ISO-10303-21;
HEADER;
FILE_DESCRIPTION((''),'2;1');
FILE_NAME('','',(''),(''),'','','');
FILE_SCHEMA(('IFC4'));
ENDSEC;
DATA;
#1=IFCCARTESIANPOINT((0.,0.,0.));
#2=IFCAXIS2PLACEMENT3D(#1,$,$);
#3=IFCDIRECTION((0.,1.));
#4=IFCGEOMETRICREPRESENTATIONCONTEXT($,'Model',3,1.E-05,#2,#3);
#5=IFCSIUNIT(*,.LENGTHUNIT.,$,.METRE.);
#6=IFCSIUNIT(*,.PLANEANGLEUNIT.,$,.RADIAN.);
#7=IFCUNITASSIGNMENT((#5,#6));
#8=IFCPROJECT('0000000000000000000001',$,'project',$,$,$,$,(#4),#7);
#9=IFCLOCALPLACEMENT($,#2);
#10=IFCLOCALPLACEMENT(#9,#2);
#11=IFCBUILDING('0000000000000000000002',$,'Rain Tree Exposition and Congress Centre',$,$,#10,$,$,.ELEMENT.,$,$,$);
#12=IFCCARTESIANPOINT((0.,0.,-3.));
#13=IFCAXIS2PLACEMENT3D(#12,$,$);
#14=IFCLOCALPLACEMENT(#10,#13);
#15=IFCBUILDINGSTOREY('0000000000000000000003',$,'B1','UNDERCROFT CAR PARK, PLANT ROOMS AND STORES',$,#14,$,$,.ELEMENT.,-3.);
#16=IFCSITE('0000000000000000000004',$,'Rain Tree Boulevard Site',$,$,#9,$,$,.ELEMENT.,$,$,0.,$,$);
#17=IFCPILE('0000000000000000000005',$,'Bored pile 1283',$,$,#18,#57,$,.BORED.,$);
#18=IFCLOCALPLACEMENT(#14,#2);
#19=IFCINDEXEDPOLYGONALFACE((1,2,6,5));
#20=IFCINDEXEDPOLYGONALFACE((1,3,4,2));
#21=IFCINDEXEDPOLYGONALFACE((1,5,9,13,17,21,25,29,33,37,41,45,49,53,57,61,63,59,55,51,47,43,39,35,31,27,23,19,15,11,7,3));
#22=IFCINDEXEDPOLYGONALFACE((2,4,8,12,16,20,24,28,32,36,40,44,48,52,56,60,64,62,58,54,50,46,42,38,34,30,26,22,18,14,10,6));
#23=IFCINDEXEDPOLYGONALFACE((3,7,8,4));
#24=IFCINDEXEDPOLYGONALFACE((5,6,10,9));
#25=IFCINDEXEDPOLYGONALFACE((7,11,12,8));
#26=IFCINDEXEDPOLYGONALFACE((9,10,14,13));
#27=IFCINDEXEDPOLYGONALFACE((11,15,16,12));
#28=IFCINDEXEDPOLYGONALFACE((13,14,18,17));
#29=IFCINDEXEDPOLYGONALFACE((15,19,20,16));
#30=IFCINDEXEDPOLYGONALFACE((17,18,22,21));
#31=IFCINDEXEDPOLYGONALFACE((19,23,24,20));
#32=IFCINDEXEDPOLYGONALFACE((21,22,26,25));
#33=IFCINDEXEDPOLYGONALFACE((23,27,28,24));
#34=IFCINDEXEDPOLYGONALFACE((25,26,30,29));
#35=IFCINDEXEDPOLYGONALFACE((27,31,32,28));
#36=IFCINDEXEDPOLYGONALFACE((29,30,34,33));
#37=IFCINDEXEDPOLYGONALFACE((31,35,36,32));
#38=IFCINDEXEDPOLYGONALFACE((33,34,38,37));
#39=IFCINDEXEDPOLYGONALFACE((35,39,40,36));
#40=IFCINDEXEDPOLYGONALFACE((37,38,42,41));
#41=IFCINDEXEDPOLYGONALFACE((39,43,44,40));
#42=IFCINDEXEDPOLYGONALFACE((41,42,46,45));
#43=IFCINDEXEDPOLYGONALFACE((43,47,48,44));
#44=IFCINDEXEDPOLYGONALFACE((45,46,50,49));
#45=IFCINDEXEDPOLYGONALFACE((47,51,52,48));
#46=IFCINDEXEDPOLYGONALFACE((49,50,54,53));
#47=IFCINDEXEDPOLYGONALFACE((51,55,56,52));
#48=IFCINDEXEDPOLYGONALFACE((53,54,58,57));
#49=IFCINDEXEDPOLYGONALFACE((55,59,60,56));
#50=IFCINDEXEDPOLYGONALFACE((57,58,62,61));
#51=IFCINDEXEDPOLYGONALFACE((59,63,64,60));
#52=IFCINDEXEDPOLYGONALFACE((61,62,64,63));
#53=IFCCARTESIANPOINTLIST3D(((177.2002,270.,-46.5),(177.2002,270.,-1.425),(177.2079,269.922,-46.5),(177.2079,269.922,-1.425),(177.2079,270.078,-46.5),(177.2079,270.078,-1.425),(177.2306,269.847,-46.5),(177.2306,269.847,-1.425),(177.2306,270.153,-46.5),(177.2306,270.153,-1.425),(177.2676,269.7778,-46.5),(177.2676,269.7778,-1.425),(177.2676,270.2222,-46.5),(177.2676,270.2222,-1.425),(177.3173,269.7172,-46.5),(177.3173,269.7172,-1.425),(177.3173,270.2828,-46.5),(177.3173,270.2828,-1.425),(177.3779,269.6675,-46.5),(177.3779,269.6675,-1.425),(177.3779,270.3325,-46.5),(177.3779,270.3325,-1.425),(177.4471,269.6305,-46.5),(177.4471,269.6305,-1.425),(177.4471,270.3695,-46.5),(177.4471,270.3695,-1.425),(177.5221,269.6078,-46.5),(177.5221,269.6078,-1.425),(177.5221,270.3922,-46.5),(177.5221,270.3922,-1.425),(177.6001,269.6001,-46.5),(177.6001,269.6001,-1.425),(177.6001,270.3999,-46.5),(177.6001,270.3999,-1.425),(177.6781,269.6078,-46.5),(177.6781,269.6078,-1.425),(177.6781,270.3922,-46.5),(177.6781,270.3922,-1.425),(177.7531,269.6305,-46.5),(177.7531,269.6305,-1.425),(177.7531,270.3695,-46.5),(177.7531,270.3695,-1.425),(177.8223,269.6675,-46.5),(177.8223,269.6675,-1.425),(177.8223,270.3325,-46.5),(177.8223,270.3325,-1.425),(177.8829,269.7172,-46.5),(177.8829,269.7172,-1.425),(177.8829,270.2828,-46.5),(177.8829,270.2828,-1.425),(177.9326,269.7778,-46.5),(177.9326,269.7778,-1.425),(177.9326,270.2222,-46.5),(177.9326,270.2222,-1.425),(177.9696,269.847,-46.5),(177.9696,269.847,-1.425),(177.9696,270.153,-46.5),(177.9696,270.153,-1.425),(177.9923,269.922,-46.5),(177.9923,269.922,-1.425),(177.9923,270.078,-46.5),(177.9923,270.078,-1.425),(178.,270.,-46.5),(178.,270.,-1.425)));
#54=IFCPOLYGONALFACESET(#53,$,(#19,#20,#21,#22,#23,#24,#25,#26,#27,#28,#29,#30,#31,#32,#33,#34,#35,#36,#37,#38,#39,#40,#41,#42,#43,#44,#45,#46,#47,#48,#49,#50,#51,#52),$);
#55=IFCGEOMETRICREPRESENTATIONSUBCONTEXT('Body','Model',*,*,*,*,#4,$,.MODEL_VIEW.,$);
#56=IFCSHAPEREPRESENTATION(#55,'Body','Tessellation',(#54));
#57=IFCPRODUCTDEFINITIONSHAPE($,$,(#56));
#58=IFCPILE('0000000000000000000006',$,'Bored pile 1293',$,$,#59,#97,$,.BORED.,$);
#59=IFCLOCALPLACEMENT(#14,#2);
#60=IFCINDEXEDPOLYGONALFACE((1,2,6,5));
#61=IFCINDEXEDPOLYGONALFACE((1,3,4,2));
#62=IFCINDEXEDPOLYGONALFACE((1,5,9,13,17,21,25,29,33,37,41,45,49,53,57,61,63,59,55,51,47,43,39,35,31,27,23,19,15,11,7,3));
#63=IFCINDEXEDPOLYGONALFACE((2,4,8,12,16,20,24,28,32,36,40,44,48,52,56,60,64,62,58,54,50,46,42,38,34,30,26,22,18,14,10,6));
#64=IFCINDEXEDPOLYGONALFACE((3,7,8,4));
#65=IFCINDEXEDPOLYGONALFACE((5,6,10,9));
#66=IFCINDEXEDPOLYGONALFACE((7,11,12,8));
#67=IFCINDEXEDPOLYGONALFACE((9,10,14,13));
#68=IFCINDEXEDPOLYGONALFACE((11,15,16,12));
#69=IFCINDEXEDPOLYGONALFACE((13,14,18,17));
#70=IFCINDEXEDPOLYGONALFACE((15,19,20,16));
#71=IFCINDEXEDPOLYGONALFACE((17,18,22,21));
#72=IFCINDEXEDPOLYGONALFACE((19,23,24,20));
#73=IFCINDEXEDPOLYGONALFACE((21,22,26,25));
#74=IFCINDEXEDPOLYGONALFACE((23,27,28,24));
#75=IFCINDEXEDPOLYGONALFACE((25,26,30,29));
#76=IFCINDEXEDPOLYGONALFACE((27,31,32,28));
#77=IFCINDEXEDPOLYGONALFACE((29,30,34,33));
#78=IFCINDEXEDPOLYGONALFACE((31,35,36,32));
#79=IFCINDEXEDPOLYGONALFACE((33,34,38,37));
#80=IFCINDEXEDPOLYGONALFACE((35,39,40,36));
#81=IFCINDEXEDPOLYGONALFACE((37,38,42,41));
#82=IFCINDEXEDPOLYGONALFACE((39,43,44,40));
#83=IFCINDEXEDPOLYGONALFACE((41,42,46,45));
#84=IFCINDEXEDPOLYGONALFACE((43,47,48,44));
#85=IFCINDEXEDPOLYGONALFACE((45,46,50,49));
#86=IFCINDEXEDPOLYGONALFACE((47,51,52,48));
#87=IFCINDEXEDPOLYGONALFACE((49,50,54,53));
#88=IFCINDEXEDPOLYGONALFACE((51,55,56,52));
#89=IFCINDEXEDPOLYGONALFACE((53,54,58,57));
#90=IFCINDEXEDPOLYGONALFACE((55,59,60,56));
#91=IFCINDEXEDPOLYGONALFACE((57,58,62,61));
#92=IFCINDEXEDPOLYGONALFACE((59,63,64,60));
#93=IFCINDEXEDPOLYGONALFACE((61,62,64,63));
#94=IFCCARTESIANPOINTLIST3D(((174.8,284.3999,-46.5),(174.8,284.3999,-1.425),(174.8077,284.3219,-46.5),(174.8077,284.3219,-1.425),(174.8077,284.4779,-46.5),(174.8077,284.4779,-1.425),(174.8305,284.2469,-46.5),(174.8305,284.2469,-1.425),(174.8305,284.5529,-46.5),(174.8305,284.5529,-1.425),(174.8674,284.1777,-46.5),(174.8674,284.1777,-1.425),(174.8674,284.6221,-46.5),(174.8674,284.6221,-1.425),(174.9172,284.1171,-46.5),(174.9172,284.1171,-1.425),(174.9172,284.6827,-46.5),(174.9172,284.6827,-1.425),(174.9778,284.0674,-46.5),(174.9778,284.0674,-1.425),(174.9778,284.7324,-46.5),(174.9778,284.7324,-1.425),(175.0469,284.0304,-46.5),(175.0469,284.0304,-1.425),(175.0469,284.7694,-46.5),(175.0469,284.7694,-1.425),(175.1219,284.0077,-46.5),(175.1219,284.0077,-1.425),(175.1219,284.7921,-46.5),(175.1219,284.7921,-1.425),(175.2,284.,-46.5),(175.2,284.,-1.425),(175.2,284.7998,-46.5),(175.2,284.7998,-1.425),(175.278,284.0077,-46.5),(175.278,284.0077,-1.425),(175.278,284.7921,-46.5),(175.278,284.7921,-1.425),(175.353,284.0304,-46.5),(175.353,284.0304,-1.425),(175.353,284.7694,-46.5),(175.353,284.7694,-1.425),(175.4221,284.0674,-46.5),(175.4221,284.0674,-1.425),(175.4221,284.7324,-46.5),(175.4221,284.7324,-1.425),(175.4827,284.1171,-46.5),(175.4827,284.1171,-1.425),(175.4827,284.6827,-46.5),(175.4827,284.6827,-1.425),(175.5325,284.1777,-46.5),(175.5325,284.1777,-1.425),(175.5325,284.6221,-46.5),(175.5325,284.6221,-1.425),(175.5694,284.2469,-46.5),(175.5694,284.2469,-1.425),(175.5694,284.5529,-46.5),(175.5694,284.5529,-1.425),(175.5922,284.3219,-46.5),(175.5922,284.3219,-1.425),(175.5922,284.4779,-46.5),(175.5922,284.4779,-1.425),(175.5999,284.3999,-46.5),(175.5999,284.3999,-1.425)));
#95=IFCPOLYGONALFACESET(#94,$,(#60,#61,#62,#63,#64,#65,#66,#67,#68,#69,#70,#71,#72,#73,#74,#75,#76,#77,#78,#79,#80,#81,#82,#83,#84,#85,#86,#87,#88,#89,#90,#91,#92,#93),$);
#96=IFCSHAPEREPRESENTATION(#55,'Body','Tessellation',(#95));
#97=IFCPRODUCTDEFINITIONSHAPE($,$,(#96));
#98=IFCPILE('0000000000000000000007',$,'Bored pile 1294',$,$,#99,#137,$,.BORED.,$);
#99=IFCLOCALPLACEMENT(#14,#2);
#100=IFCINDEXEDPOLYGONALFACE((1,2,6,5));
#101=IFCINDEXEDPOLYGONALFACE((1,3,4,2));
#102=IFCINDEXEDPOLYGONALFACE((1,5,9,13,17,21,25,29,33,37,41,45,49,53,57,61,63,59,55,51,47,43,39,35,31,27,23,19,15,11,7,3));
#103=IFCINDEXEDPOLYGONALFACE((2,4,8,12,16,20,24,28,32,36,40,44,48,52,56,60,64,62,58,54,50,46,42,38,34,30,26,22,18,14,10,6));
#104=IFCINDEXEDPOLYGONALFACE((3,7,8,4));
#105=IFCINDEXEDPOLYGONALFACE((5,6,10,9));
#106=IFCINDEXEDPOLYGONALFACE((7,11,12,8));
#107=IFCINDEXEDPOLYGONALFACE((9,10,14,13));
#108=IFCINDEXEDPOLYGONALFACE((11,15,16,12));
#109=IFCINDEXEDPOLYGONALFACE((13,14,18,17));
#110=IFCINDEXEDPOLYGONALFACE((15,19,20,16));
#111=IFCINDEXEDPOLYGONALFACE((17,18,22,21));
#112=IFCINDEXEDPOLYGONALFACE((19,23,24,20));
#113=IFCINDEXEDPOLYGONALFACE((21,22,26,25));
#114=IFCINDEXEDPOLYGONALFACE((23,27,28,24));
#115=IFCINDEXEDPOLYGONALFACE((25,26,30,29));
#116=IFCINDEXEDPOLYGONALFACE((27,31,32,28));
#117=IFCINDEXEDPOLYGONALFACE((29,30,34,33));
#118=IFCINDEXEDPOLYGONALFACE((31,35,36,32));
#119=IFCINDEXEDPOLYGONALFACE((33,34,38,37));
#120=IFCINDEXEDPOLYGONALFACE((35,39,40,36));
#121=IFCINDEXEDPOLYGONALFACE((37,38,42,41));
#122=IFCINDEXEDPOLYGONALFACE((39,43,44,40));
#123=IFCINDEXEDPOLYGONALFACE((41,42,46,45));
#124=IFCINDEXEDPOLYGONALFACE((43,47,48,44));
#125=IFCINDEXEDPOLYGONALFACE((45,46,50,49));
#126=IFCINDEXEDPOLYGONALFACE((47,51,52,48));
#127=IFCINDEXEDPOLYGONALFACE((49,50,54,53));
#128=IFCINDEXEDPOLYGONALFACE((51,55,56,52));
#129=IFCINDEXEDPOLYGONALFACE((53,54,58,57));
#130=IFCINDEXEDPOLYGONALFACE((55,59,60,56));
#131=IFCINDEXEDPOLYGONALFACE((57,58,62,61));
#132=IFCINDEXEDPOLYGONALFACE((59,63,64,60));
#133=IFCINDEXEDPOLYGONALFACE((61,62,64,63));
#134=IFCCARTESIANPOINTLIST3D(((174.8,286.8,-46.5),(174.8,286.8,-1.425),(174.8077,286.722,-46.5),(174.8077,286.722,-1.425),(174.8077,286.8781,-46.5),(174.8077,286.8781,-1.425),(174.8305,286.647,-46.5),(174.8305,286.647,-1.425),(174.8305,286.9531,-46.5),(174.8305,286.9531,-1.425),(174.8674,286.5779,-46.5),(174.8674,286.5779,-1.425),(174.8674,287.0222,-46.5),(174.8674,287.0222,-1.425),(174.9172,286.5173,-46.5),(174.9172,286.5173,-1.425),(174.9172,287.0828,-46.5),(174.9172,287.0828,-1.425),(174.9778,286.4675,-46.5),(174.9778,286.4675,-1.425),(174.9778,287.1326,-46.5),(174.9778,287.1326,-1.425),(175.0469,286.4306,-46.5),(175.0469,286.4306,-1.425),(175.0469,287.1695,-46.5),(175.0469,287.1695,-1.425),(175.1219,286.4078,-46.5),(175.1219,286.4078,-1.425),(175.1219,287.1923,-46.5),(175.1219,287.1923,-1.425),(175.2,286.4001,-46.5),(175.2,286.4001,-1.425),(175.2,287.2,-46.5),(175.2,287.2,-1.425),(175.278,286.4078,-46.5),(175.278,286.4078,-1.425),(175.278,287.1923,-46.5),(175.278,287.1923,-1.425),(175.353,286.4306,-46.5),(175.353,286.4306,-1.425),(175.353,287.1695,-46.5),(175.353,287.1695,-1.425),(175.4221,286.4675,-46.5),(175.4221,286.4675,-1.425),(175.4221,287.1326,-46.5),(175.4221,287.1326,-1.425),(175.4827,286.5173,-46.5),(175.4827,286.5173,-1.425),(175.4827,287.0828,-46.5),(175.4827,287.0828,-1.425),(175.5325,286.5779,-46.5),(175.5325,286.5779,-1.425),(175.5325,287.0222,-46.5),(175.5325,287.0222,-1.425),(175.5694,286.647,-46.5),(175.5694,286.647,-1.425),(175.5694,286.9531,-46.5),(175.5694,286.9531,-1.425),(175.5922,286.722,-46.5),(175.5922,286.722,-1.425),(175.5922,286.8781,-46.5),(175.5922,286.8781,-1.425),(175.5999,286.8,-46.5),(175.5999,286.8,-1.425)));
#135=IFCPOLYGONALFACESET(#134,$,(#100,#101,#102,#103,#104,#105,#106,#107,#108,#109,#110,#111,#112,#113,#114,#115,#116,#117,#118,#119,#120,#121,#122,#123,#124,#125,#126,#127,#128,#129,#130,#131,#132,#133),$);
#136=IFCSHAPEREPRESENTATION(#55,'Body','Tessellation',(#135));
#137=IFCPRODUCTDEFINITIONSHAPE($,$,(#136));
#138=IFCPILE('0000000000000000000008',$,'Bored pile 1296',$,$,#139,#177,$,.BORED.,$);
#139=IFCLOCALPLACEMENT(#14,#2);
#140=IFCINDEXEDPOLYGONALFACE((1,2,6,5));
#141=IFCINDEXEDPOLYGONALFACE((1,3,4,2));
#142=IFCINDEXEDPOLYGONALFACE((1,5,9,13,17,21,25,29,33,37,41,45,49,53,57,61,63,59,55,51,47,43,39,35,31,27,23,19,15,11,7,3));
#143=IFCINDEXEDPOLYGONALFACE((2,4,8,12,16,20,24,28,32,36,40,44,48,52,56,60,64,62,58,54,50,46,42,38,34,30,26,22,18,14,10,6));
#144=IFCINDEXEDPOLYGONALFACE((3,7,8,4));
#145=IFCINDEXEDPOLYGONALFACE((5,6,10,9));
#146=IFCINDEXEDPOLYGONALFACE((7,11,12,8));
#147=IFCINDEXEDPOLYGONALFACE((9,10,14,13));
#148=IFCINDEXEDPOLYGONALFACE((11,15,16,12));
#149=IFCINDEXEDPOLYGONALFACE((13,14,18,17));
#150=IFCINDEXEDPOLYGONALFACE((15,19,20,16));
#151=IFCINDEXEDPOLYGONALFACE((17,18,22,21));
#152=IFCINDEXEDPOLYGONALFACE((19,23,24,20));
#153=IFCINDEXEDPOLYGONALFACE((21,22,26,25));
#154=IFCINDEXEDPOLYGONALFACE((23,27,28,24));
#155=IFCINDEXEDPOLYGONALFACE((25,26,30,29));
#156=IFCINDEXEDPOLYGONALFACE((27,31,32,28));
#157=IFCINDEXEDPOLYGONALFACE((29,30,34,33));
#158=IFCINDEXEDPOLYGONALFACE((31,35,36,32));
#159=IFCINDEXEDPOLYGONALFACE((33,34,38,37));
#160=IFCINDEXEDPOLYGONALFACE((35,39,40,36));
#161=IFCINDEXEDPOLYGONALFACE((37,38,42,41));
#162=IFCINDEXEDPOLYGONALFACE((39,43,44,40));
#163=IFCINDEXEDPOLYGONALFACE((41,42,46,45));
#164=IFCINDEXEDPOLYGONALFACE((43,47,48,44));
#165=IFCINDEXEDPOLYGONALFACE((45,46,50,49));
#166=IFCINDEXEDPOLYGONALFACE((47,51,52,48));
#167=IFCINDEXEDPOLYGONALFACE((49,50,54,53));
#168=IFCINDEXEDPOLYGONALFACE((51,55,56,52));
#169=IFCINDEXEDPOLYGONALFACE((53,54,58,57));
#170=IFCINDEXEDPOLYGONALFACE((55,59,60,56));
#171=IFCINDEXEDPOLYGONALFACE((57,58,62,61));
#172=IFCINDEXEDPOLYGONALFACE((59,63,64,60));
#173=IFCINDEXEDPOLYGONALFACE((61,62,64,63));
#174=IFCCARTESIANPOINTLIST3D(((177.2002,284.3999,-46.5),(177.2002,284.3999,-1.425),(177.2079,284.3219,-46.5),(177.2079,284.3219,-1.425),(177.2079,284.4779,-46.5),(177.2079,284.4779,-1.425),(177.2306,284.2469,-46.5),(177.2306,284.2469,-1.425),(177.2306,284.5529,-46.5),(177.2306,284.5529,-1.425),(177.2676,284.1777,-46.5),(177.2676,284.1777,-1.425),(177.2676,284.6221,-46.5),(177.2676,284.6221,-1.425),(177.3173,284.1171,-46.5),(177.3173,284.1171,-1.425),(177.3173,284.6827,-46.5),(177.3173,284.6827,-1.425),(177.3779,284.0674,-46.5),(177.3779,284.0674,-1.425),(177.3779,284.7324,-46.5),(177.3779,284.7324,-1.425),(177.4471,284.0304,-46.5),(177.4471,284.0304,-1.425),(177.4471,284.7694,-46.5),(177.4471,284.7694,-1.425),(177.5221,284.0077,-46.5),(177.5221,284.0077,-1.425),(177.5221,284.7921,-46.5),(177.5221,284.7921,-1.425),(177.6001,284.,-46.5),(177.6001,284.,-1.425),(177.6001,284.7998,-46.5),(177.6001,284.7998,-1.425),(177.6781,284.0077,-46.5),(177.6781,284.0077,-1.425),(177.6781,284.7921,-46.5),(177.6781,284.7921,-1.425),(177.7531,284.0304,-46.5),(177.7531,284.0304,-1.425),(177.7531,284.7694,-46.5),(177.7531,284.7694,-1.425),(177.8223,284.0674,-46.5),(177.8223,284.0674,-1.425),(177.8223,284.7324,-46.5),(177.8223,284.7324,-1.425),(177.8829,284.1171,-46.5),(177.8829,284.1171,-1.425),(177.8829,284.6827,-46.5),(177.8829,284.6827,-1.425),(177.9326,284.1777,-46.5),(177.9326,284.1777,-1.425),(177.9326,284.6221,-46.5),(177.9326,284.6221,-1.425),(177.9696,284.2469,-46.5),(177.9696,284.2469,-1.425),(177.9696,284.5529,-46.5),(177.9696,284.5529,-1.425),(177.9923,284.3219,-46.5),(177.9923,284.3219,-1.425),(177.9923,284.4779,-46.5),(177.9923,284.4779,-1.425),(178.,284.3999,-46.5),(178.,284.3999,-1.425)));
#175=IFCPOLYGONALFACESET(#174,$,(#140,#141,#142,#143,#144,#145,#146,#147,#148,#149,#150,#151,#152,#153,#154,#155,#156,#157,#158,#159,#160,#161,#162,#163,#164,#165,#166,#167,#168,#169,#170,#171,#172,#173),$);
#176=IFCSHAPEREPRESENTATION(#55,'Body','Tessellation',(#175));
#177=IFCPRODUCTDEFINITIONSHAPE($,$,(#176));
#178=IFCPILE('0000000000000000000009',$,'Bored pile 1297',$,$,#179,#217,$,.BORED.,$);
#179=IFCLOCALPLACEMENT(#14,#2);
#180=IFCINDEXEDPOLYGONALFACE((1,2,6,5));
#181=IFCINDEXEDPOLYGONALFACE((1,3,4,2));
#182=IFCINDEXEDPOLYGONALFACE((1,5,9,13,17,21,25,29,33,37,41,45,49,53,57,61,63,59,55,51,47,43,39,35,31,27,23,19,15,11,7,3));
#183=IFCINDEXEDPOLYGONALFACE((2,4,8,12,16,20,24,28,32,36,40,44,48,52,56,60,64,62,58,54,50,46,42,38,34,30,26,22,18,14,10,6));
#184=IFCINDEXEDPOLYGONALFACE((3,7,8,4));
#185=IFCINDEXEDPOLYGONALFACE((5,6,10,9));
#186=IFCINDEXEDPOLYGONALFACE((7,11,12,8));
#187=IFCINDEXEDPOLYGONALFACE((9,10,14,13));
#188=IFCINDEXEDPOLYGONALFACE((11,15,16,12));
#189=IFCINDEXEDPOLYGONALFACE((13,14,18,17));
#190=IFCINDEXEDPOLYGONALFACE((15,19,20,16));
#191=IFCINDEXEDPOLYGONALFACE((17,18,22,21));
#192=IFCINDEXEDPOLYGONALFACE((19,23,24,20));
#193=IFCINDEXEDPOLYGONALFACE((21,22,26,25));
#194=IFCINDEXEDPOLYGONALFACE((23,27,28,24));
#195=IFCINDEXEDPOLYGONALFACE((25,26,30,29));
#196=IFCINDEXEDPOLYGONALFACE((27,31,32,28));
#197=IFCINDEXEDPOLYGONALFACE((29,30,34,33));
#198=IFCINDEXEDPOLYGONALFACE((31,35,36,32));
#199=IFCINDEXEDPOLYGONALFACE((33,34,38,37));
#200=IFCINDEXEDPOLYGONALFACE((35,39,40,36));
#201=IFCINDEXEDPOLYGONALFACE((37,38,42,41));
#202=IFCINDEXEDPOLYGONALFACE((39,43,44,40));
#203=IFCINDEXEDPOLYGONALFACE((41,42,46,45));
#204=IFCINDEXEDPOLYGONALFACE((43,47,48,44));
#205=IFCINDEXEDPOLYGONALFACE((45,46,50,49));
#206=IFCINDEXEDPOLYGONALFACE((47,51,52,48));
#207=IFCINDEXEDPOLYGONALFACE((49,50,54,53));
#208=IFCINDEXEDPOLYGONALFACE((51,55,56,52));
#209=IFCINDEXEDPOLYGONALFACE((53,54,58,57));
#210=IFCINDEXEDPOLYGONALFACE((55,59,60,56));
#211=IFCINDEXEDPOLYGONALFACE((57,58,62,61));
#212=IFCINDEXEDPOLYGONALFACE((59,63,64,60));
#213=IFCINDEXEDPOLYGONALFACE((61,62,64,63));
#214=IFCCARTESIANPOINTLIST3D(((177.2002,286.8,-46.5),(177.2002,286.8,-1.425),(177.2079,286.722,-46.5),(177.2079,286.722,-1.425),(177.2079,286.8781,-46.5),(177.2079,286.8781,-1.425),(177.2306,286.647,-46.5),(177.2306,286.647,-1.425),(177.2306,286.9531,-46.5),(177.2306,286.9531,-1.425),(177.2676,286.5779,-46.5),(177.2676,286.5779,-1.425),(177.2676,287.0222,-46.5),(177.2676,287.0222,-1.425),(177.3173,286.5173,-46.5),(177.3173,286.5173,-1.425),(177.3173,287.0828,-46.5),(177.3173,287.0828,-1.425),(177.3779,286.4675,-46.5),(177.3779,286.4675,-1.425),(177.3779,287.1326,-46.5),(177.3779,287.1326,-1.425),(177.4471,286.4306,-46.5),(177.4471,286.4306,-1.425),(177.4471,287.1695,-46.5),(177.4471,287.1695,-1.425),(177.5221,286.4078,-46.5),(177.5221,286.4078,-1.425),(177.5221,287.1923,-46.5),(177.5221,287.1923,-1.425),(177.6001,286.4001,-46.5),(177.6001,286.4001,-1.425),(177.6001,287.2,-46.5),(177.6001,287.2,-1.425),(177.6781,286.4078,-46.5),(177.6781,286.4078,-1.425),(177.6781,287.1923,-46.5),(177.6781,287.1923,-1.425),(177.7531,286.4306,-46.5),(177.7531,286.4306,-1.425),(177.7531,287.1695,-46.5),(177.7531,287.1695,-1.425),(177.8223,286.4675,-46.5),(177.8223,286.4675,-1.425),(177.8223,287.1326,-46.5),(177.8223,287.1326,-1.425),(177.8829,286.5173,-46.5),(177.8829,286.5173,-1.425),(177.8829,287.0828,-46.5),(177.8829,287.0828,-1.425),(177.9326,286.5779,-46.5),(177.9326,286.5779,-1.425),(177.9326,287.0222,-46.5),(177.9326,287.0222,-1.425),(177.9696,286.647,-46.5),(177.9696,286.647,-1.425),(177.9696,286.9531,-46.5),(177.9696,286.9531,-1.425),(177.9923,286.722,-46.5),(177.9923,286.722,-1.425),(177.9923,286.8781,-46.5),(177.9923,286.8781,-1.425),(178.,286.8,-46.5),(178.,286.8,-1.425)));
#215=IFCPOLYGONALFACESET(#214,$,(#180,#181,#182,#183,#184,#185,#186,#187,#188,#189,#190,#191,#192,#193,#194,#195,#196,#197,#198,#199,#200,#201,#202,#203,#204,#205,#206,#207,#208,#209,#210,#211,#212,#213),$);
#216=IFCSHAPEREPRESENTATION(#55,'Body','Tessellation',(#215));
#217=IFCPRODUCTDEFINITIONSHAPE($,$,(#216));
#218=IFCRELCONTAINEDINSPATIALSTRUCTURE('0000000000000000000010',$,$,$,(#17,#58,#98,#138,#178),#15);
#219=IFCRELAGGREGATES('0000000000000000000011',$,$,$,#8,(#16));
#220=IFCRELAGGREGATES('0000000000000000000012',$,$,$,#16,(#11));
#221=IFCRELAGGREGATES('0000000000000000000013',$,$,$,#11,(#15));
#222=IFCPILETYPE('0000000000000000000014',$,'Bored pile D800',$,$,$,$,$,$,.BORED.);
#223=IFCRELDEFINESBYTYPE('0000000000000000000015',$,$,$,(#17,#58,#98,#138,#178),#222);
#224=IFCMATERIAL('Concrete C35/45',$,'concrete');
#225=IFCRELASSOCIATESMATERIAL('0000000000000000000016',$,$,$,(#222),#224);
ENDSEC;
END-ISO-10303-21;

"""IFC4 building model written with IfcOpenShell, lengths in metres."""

from ifc_helpers import new_model, si_unit, direction, frame, origin, origin_2d, place, context, subcontext, project, spatial, circle, extrude, material, material_profile, profile_set, type_object, element, save


model = new_model("IFC4")

# Units and contexts
model_context = context("Model", 3, precision=1e-05, world=origin(), true_north=direction((0.0, 1.0)))
body_context = subcontext(model_context, "Body", "Model", "MODEL_VIEW")
ifc_project = project(units=[si_unit("LENGTHUNIT", "METRE"), si_unit("PLANEANGLEUNIT", "RADIAN")], contexts=[model_context])

# Site, building, storey
site_placement = place(None, origin())
site = spatial("IfcSite", under=ifc_project, at=site_placement, Name="Rain Tree Boulevard Site", CompositionType="ELEMENT", RefElevation=0.0)
building_placement = place(site_placement, origin())
building = spatial("IfcBuilding", under=site, at=building_placement, Name="Rain Tree Exposition and Congress Centre", CompositionType="ELEMENT")
storey_placement = place(building_placement, frame((0.0, 0.0, -3.0)))
storey = spatial("IfcBuildingStorey", under=building, at=storey_placement, Name="B1", Description="UNDERCROFT CAR PARK, PLANT ROOMS AND STORES", CompositionType="ELEMENT", Elevation=-3.0)

# Piles
ifc_material_1 = material(Name="Concrete C35/45", Category="concrete")
ifc_material_profile_1 = material_profile(ifc_material_1, circle(Radius=0.3999, at=origin_2d()), Name="D800")
ifc_profile_set_1 = profile_set([ifc_material_profile_1], Name="Concrete C35/45")
pile_type_1 = type_object("IfcPileType", Name="Bored pile D800", PredefinedType="BORED", material=ifc_profile_set_1)
for number, where, z_axis, x_axis, name in (
    (1, (177.6001, 270.0, -1.425), (0.0, 0.0, -1.0), (1.0, 0.0, 0.0), "Bored pile 1283"),
    (2, (175.2, 284.3999, -1.425), (0.0, 0.0, -1.0), (1.0, 0.0, 0.0), "Bored pile 1293"),
    (3, (175.2, 286.8, -1.425), (0.0, 0.0, -1.0), (1.0, 0.0, 0.0), "Bored pile 1294"),
    (4, (177.6001, 284.3999, -1.425), (0.0, 0.0, -1.0), (1.0, 0.0, 0.0), "Bored pile 1296"),
    (5, (177.6001, 286.8, -1.425), (0.0, 0.0, -1.0), (1.0, 0.0, 0.0), "Bored pile 1297"),
):
    element("IfcPile", number, at=place(storey_placement, frame(where, z_axis=z_axis, x_axis=x_axis)), inside=storey, type_object=pile_type_1, Name=name, PredefinedType="BORED", context=body_context, shape_type="SweptSolid", body=[
        extrude(circle(Radius=0.3999, at=origin_2d()), origin(), (0.0, 0.0, 1.0), 45.075),
    ])

save(model, "model.ifc")
